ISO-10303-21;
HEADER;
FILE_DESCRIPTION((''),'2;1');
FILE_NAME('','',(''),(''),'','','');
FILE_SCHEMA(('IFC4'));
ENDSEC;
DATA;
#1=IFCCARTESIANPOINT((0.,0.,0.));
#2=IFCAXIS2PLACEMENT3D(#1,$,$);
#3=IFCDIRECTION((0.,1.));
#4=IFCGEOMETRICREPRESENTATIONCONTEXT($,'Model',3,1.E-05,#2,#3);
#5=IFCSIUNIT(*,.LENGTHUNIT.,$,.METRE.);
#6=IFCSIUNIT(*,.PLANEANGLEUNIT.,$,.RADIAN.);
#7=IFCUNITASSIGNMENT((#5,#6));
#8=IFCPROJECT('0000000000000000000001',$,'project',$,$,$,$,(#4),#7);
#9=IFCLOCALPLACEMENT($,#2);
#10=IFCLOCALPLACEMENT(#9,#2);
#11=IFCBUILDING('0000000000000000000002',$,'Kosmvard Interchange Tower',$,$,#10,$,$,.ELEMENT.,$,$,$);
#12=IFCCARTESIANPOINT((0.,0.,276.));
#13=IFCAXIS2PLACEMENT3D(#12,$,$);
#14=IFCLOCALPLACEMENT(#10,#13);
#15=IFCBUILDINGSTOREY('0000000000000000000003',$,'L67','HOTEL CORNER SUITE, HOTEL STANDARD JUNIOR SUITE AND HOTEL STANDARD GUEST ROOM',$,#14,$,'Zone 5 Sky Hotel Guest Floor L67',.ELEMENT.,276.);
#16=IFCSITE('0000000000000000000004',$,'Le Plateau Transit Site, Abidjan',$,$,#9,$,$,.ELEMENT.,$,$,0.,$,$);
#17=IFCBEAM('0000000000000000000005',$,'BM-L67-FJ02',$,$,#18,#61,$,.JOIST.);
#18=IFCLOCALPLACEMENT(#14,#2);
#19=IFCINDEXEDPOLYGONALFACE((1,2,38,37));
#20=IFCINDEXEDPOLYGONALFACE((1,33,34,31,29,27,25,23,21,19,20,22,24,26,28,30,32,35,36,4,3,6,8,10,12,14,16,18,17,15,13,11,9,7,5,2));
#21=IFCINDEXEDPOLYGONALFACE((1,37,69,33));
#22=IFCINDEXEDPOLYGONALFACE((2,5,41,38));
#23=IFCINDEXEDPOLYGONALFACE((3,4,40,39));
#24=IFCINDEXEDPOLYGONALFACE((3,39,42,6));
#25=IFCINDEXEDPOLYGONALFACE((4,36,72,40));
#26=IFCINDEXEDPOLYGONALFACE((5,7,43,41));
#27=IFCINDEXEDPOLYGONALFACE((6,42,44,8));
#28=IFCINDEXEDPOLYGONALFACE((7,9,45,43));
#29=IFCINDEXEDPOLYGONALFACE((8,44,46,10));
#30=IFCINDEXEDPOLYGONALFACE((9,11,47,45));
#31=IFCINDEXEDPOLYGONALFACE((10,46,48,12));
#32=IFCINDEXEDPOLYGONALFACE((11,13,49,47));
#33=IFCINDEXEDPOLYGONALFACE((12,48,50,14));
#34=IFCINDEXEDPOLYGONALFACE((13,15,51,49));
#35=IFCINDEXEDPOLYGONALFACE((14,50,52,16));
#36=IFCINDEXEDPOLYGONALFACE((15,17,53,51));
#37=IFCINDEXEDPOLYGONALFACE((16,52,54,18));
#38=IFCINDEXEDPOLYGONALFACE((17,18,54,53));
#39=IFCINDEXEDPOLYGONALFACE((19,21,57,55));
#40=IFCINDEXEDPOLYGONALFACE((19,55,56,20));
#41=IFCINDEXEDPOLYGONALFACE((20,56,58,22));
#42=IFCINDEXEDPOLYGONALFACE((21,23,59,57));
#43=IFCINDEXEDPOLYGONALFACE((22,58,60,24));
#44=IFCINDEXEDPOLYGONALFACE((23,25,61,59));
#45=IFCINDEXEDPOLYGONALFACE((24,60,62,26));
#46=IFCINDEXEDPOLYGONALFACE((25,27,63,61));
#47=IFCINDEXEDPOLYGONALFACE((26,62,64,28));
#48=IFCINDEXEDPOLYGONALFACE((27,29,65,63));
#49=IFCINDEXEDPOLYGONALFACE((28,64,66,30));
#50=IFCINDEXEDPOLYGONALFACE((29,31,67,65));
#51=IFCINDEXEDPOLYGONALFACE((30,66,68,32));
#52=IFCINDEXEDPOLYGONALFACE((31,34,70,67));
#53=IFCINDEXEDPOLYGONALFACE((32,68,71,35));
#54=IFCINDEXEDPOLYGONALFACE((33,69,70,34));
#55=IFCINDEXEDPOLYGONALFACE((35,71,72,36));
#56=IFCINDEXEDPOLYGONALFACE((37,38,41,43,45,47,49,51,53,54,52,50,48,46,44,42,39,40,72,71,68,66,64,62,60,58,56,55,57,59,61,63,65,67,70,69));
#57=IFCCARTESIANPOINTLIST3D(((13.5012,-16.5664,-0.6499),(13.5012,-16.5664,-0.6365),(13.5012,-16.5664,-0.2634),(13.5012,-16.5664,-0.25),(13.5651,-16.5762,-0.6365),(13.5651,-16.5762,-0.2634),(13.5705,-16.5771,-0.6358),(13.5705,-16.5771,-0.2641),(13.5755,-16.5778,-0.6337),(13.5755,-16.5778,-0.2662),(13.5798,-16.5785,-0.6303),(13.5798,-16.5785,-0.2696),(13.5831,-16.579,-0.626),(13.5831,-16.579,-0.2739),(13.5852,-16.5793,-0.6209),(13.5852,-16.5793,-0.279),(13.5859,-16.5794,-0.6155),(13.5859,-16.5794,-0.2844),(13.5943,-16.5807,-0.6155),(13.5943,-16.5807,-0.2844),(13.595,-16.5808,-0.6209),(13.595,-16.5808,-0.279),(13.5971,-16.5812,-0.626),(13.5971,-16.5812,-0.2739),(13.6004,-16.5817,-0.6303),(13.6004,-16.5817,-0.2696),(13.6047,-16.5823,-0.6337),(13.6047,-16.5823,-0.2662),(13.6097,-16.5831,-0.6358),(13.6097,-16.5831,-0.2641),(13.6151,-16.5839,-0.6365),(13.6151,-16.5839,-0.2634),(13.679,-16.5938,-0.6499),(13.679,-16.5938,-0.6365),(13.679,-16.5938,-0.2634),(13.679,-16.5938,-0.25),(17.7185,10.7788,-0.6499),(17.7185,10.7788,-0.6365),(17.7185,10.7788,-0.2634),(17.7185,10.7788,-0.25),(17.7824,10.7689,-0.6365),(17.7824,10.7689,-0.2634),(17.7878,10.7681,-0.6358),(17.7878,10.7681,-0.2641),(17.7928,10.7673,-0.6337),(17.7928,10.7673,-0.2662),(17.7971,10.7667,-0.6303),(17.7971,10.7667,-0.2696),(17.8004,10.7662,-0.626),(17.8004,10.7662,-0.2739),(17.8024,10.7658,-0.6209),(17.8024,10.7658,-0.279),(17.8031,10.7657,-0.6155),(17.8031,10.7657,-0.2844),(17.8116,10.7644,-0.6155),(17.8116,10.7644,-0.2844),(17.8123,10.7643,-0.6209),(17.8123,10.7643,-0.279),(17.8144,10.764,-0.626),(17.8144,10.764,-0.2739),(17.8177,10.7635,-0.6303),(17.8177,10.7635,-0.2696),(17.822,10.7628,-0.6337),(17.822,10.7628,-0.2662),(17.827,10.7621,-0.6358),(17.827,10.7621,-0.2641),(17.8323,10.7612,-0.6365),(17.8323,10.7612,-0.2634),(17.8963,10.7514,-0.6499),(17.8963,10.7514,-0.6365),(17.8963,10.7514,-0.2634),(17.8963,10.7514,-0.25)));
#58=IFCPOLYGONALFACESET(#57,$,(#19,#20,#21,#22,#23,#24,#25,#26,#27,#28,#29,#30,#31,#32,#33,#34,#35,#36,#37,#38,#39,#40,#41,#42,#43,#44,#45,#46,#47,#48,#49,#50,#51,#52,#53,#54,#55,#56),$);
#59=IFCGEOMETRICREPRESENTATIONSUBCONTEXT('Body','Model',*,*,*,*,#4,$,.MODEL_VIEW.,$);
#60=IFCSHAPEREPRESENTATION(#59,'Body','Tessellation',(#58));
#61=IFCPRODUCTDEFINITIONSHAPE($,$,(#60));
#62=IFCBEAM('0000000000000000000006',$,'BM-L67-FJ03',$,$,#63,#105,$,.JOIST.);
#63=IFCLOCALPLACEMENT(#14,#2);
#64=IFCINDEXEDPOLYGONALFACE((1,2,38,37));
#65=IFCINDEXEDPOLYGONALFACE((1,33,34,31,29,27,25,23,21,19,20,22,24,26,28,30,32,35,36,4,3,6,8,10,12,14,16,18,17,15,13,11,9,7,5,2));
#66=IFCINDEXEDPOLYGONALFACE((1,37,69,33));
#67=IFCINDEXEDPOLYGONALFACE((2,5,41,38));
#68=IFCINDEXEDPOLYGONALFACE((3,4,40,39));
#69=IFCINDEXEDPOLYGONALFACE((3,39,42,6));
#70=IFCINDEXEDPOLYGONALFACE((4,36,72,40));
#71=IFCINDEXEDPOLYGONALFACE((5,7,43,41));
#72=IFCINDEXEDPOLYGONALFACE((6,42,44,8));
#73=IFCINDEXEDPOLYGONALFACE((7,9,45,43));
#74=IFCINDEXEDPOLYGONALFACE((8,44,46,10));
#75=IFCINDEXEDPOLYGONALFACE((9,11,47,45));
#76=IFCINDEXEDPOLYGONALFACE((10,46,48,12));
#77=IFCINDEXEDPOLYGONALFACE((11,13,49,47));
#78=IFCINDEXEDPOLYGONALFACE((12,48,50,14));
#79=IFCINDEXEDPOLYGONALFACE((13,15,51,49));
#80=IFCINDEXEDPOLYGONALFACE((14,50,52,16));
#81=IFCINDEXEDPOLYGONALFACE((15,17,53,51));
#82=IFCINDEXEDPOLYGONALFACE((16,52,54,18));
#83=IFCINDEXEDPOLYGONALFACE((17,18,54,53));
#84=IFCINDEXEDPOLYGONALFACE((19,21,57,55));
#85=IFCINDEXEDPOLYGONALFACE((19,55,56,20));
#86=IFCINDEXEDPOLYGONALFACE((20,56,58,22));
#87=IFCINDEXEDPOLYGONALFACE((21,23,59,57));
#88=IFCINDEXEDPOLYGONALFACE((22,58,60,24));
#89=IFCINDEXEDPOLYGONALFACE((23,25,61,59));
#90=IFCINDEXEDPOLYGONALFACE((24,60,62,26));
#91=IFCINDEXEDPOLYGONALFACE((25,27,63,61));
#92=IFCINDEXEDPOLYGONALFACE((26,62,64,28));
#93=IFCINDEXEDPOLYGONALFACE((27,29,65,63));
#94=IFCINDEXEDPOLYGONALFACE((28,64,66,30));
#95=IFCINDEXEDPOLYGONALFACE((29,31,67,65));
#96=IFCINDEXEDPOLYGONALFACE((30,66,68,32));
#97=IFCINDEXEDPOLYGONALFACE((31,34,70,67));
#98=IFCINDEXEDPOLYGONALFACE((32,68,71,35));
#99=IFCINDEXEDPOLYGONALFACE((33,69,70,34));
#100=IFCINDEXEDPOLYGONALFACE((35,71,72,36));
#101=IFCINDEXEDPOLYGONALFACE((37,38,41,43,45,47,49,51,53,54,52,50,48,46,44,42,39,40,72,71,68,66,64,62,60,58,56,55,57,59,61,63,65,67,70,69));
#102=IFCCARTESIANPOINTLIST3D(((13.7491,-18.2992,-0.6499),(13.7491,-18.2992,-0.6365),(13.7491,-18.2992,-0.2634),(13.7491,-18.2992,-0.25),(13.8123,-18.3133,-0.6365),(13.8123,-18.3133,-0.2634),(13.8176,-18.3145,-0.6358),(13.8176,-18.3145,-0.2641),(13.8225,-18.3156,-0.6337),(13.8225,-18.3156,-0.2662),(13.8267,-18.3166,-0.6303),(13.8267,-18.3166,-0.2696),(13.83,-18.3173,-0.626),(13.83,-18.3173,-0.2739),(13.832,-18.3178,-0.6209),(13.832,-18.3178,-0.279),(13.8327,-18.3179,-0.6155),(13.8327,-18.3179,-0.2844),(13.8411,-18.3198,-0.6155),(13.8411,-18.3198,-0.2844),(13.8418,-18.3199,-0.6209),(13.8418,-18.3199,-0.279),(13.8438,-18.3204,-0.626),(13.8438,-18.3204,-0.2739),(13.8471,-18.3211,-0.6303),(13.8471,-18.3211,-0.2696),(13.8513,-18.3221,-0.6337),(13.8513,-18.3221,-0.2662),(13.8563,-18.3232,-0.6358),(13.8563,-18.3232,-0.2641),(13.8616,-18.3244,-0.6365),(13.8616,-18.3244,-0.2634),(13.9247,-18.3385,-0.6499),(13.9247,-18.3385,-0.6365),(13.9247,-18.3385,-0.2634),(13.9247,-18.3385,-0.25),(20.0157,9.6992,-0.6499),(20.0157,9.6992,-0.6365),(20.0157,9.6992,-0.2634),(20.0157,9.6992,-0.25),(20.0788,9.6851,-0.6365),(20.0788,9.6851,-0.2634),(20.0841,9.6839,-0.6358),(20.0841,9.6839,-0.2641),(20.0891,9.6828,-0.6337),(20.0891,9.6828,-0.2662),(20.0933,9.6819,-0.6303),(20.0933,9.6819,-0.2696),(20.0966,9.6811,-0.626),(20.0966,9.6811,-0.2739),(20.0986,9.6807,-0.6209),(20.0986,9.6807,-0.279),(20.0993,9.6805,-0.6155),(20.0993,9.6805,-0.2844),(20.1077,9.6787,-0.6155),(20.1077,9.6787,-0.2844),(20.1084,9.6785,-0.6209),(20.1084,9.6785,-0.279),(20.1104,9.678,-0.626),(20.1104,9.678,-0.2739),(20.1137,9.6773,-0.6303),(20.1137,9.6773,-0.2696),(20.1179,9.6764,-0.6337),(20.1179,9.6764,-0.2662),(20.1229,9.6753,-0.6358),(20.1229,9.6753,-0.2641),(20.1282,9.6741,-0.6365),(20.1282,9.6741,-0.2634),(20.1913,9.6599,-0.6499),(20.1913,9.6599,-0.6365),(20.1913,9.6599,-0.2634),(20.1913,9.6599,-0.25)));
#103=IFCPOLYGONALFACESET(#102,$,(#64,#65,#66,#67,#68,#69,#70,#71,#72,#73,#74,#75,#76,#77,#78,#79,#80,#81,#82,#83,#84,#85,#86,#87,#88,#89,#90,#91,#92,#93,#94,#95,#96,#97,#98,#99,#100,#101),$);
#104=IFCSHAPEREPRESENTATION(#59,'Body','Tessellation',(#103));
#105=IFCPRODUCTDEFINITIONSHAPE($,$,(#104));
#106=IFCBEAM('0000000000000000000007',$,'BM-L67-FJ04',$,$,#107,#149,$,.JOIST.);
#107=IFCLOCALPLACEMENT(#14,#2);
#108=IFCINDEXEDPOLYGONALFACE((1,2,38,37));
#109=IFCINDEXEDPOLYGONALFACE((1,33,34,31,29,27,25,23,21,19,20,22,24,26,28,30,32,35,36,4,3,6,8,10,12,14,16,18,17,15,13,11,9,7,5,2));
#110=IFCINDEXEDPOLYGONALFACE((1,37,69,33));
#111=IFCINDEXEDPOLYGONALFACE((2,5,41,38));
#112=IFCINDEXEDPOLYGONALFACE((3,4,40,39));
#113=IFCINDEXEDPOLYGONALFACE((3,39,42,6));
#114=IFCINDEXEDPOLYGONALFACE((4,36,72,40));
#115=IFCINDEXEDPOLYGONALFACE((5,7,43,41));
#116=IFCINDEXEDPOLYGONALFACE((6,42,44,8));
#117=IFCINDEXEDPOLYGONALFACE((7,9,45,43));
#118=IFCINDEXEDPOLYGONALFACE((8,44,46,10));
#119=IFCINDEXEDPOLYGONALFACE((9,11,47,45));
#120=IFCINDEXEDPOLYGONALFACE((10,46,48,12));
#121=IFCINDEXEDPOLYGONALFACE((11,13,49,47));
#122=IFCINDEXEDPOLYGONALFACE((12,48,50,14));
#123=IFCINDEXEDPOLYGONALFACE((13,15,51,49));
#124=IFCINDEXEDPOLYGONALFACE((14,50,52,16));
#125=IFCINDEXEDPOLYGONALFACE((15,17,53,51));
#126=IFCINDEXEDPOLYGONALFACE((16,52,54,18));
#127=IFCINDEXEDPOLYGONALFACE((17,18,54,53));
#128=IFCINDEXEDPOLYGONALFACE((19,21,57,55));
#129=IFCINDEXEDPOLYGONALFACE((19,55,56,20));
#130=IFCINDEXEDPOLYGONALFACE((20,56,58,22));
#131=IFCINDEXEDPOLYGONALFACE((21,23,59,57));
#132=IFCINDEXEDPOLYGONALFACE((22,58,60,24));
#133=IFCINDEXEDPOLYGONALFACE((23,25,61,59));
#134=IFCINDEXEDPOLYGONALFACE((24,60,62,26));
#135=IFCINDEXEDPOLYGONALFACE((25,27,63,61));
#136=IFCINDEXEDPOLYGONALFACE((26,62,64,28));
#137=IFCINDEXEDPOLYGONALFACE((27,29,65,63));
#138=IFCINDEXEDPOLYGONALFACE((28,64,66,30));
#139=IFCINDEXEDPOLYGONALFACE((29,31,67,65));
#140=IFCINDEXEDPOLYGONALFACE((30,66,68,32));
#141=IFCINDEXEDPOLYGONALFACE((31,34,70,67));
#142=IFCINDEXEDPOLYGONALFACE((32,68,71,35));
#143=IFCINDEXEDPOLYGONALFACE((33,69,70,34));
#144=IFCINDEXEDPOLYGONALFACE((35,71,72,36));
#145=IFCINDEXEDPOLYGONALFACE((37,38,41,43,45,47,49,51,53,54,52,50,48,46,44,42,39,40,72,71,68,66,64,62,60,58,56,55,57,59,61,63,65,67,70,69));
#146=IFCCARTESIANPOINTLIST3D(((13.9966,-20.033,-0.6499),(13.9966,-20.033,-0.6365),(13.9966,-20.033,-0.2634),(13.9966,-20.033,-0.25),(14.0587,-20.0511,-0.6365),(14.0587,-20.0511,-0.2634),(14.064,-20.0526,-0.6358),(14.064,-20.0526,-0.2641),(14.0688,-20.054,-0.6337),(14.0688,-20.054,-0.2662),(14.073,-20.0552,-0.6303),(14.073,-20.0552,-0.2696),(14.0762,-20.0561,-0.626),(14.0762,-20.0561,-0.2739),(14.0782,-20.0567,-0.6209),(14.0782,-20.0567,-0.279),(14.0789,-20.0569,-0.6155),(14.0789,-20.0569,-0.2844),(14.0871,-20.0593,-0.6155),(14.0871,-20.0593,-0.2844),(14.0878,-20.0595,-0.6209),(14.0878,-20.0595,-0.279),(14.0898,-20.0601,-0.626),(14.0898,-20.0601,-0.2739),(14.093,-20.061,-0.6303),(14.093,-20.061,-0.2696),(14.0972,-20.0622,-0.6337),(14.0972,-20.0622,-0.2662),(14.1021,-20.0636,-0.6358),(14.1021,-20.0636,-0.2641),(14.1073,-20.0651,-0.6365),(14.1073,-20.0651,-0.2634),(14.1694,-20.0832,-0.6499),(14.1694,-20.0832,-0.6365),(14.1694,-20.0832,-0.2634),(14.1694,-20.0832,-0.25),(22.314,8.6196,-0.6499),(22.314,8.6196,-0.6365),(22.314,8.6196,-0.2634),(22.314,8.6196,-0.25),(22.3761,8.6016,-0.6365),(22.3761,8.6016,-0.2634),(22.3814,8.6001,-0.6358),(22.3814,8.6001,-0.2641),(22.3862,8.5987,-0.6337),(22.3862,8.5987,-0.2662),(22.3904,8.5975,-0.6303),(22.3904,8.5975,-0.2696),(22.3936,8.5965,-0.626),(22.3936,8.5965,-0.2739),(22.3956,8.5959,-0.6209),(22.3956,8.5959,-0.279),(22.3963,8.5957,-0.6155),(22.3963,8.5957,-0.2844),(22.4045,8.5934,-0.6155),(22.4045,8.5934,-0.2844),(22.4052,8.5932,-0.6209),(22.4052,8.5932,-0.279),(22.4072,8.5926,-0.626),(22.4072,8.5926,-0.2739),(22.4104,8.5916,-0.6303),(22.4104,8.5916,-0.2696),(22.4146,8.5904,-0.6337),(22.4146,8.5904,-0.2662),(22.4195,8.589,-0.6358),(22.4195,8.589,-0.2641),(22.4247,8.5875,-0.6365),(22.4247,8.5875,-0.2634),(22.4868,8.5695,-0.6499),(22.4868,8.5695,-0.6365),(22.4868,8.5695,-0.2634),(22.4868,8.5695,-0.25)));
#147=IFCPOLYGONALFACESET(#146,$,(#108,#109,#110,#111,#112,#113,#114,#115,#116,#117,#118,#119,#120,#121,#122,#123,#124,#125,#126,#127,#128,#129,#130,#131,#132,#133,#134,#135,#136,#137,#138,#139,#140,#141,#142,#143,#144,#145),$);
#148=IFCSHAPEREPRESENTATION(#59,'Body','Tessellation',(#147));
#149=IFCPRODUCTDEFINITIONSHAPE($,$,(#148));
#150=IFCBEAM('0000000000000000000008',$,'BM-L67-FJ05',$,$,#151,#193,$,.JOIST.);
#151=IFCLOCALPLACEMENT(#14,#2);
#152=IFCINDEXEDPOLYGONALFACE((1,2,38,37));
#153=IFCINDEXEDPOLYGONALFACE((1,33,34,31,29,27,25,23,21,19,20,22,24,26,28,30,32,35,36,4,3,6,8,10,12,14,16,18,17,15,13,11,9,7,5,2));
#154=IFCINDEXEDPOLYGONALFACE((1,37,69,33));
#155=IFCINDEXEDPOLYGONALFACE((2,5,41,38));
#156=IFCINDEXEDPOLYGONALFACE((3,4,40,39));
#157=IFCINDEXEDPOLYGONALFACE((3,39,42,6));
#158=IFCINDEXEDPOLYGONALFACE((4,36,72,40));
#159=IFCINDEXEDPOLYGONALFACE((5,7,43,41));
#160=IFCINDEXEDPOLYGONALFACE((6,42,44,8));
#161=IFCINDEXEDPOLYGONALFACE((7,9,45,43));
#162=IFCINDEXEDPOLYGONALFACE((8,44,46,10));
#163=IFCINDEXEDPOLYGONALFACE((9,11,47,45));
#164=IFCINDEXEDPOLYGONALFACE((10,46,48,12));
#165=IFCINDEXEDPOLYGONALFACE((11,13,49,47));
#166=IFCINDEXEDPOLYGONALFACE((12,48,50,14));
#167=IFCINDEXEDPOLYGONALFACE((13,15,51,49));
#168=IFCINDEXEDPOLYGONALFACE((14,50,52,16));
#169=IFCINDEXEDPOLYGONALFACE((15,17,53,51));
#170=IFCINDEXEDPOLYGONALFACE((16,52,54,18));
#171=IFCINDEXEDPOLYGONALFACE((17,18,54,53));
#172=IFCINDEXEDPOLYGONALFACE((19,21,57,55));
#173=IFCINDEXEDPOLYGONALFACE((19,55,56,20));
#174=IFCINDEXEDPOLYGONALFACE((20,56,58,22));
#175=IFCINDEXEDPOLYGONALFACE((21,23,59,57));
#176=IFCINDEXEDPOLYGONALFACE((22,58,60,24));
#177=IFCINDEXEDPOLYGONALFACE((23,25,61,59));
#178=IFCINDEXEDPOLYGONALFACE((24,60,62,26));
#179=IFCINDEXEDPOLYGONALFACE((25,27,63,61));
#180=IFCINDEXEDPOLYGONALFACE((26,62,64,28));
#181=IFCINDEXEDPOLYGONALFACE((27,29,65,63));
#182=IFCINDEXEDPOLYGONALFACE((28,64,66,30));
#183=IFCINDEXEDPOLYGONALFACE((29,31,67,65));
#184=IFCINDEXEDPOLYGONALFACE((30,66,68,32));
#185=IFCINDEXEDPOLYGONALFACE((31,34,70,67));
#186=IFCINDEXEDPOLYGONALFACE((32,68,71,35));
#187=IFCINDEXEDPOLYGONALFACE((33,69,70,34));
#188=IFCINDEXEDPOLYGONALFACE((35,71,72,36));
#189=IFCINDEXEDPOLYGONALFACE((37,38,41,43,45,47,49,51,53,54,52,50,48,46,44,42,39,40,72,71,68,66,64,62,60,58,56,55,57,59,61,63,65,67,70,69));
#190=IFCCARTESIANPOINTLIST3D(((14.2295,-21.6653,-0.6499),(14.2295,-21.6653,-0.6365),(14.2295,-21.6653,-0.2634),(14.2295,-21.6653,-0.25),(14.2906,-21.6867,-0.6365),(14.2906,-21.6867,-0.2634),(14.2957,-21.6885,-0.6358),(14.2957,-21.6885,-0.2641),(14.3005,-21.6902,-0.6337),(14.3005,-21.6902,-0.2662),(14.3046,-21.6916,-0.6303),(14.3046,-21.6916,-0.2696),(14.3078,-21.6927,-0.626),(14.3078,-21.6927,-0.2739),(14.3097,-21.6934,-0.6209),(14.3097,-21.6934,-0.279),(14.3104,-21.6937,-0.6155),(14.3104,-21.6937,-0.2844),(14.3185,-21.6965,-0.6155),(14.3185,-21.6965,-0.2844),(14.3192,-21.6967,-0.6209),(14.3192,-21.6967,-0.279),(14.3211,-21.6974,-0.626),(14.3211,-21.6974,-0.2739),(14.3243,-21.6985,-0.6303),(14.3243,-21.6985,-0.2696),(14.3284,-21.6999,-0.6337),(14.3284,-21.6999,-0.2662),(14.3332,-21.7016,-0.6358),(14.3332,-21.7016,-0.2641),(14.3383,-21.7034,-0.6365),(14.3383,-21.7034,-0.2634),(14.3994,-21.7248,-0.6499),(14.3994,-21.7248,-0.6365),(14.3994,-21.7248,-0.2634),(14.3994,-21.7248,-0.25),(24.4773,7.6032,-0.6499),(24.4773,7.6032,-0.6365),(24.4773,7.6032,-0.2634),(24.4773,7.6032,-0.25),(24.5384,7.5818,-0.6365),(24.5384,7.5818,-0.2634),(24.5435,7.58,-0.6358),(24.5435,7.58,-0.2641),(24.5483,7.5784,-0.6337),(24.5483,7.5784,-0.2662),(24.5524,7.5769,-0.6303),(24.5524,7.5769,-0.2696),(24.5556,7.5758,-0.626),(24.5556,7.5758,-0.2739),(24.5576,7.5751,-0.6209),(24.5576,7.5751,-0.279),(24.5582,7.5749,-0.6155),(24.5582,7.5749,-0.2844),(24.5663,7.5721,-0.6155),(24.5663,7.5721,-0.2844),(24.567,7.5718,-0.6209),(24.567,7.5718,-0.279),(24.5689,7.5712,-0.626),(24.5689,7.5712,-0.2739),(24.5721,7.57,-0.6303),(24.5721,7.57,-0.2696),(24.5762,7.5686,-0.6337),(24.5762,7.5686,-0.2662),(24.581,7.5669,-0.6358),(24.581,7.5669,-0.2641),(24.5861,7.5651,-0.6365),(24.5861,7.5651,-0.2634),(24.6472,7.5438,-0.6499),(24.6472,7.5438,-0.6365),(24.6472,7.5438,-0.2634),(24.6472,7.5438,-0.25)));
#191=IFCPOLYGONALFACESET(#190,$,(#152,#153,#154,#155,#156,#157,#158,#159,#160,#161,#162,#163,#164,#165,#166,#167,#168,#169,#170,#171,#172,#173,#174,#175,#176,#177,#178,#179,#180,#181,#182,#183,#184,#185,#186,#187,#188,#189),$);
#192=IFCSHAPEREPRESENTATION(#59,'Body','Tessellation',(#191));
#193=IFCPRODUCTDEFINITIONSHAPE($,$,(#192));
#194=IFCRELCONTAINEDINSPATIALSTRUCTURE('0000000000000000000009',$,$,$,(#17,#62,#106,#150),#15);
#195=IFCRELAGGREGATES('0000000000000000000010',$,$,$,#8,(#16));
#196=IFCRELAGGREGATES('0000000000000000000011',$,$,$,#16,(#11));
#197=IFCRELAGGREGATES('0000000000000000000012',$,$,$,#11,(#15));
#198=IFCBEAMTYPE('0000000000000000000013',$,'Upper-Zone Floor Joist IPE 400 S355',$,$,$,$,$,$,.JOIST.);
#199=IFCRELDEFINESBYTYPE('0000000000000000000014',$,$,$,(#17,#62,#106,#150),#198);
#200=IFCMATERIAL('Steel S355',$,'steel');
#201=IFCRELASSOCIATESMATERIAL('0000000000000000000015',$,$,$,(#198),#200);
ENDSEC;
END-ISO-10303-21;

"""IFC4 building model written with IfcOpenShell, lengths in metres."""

from ifc_helpers import new_model, si_unit, direction, frame, origin, origin_2d, place, context, subcontext, project, spatial, i_section, extrude, source, transform, mapped, material, material_profile, profile_set, type_object, element, save


model = new_model("IFC4")

# Units and contexts
model_context = context("Model", 3, precision=1e-05, world=origin(), true_north=direction((0.0, 1.0)))
body_context = subcontext(model_context, "Body", "Model", "MODEL_VIEW")
ifc_project = project(units=[si_unit("LENGTHUNIT", "METRE"), si_unit("PLANEANGLEUNIT", "RADIAN")], contexts=[model_context])

# Site, building, storey
site_placement = place(None, origin())
site = spatial("IfcSite", under=ifc_project, at=site_placement, Name="Le Plateau Transit Site, Abidjan", CompositionType="ELEMENT", RefElevation=0.0)
building_placement = place(site_placement, origin())
building = spatial("IfcBuilding", under=site, at=building_placement, Name="Kosmvard Interchange Tower", CompositionType="ELEMENT")
storey_placement = place(building_placement, frame((0.0, 0.0, 276.0)))
storey = spatial("IfcBuildingStorey", under=building, at=storey_placement, Name="L67", Description="HOTEL CORNER SUITE, HOTEL STANDARD JUNIOR SUITE AND HOTEL STANDARD GUEST ROOM", LongName="Zone 5 Sky Hotel Guest Floor L67", CompositionType="ELEMENT", Elevation=276.0)

# Beams
ifc_material_1 = material(Name="Steel S355", Category="steel")
ifc_material_profile_1 = material_profile(ifc_material_1, i_section(OverallWidth=0.1799, OverallDepth=0.3999, WebThickness=0.0085, FlangeThickness=0.0134, FilletRadius=0.021, at=origin_2d()), Name="IPE 400")
ifc_profile_set_1 = profile_set([ifc_material_profile_1], Name="Steel S355")
beam_type_1 = type_object("IfcBeamType", Name="Upper-Zone Floor Joist IPE 400 S355", PredefinedType="JOIST", material=ifc_profile_set_1)
shared_shape_1 = source(origin(), body_context, "Body", "SweptSolid", [
    extrude(i_section(OverallWidth=0.1799, OverallDepth=0.3999, WebThickness=0.0085, FlangeThickness=0.0134, FilletRadius=0.021, at=origin_2d()), origin(), (0.0, 0.0, 1.0), 27.6685),
])
beam_1_placement = place(storey_placement, frame((13.5901, -16.5801, -0.45), z_axis=(0.152422, 0.988316, 0.0), x_axis=(-0.988316, 0.152422, 0.0)))
element("IfcBeam", 1, at=beam_1_placement, inside=storey, type_object=beam_type_1, Name="BM-L67-FJ02", PredefinedType="JOIST", context=body_context, shape_type="MappedRepresentation", body=[
    mapped(shared_shape_1, transform((0.0, 0.0, 0.0), scale=1.0)),
])
shared_shape_2 = source(origin(), body_context, "Body", "SweptSolid", [
    extrude(i_section(OverallWidth=0.1799, OverallDepth=0.3999, WebThickness=0.0085, FlangeThickness=0.0134, FilletRadius=0.021, at=origin_2d()), origin(), (0.0, 0.0, 1.0), 28.6912),
])
beam_2_placement = place(storey_placement, frame((13.8369, -18.3188, -0.45), z_axis=(0.218415, 0.975856, 0.0), x_axis=(-0.975856, 0.218415, 0.0)))
element("IfcBeam", 2, at=beam_2_placement, inside=storey, type_object=beam_type_1, Name="BM-L67-FJ03", PredefinedType="JOIST", context=body_context, shape_type="MappedRepresentation", body=[
    mapped(shared_shape_2, transform((0.0, 0.0, 0.0), scale=1.0)),
])
shared_shape_3 = source(origin(), body_context, "Body", "SweptSolid", [
    extrude(i_section(OverallWidth=0.1799, OverallDepth=0.3999, WebThickness=0.0085, FlangeThickness=0.0134, FilletRadius=0.021, at=origin_2d()), origin(), (0.0, 0.0, 1.0), 29.8354),
])
beam_3_placement = place(storey_placement, frame((14.083, -20.0581, -0.45), z_axis=(0.278776, 0.960356, 0.0), x_axis=(-0.960356, 0.278776, 0.0)))
element("IfcBeam", 3, at=beam_3_placement, inside=storey, type_object=beam_type_1, Name="BM-L67-FJ04", PredefinedType="JOIST", context=body_context, shape_type="MappedRepresentation", body=[
    mapped(shared_shape_3, transform((0.0, 0.0, 0.0), scale=1.0)),
])
shared_shape_4 = source(origin(), body_context, "Body", "SweptSolid", [
    extrude(i_section(OverallWidth=0.1799, OverallDepth=0.3999, WebThickness=0.0085, FlangeThickness=0.0134, FilletRadius=0.021, at=origin_2d()), origin(), (0.0, 0.0, 1.0), 31.0107),
])
beam_4_placement = place(storey_placement, frame((14.3145, -21.6951, -0.45), z_axis=(0.33046, 0.94382, 0.0), x_axis=(-0.94382, 0.33046, 0.0)))
element("IfcBeam", 4, at=beam_4_placement, inside=storey, type_object=beam_type_1, Name="BM-L67-FJ05", PredefinedType="JOIST", context=body_context, shape_type="MappedRepresentation", body=[
    mapped(shared_shape_4, transform((0.0, 0.0, 0.0), scale=1.0)),
])

save(model, "model.ifc")
